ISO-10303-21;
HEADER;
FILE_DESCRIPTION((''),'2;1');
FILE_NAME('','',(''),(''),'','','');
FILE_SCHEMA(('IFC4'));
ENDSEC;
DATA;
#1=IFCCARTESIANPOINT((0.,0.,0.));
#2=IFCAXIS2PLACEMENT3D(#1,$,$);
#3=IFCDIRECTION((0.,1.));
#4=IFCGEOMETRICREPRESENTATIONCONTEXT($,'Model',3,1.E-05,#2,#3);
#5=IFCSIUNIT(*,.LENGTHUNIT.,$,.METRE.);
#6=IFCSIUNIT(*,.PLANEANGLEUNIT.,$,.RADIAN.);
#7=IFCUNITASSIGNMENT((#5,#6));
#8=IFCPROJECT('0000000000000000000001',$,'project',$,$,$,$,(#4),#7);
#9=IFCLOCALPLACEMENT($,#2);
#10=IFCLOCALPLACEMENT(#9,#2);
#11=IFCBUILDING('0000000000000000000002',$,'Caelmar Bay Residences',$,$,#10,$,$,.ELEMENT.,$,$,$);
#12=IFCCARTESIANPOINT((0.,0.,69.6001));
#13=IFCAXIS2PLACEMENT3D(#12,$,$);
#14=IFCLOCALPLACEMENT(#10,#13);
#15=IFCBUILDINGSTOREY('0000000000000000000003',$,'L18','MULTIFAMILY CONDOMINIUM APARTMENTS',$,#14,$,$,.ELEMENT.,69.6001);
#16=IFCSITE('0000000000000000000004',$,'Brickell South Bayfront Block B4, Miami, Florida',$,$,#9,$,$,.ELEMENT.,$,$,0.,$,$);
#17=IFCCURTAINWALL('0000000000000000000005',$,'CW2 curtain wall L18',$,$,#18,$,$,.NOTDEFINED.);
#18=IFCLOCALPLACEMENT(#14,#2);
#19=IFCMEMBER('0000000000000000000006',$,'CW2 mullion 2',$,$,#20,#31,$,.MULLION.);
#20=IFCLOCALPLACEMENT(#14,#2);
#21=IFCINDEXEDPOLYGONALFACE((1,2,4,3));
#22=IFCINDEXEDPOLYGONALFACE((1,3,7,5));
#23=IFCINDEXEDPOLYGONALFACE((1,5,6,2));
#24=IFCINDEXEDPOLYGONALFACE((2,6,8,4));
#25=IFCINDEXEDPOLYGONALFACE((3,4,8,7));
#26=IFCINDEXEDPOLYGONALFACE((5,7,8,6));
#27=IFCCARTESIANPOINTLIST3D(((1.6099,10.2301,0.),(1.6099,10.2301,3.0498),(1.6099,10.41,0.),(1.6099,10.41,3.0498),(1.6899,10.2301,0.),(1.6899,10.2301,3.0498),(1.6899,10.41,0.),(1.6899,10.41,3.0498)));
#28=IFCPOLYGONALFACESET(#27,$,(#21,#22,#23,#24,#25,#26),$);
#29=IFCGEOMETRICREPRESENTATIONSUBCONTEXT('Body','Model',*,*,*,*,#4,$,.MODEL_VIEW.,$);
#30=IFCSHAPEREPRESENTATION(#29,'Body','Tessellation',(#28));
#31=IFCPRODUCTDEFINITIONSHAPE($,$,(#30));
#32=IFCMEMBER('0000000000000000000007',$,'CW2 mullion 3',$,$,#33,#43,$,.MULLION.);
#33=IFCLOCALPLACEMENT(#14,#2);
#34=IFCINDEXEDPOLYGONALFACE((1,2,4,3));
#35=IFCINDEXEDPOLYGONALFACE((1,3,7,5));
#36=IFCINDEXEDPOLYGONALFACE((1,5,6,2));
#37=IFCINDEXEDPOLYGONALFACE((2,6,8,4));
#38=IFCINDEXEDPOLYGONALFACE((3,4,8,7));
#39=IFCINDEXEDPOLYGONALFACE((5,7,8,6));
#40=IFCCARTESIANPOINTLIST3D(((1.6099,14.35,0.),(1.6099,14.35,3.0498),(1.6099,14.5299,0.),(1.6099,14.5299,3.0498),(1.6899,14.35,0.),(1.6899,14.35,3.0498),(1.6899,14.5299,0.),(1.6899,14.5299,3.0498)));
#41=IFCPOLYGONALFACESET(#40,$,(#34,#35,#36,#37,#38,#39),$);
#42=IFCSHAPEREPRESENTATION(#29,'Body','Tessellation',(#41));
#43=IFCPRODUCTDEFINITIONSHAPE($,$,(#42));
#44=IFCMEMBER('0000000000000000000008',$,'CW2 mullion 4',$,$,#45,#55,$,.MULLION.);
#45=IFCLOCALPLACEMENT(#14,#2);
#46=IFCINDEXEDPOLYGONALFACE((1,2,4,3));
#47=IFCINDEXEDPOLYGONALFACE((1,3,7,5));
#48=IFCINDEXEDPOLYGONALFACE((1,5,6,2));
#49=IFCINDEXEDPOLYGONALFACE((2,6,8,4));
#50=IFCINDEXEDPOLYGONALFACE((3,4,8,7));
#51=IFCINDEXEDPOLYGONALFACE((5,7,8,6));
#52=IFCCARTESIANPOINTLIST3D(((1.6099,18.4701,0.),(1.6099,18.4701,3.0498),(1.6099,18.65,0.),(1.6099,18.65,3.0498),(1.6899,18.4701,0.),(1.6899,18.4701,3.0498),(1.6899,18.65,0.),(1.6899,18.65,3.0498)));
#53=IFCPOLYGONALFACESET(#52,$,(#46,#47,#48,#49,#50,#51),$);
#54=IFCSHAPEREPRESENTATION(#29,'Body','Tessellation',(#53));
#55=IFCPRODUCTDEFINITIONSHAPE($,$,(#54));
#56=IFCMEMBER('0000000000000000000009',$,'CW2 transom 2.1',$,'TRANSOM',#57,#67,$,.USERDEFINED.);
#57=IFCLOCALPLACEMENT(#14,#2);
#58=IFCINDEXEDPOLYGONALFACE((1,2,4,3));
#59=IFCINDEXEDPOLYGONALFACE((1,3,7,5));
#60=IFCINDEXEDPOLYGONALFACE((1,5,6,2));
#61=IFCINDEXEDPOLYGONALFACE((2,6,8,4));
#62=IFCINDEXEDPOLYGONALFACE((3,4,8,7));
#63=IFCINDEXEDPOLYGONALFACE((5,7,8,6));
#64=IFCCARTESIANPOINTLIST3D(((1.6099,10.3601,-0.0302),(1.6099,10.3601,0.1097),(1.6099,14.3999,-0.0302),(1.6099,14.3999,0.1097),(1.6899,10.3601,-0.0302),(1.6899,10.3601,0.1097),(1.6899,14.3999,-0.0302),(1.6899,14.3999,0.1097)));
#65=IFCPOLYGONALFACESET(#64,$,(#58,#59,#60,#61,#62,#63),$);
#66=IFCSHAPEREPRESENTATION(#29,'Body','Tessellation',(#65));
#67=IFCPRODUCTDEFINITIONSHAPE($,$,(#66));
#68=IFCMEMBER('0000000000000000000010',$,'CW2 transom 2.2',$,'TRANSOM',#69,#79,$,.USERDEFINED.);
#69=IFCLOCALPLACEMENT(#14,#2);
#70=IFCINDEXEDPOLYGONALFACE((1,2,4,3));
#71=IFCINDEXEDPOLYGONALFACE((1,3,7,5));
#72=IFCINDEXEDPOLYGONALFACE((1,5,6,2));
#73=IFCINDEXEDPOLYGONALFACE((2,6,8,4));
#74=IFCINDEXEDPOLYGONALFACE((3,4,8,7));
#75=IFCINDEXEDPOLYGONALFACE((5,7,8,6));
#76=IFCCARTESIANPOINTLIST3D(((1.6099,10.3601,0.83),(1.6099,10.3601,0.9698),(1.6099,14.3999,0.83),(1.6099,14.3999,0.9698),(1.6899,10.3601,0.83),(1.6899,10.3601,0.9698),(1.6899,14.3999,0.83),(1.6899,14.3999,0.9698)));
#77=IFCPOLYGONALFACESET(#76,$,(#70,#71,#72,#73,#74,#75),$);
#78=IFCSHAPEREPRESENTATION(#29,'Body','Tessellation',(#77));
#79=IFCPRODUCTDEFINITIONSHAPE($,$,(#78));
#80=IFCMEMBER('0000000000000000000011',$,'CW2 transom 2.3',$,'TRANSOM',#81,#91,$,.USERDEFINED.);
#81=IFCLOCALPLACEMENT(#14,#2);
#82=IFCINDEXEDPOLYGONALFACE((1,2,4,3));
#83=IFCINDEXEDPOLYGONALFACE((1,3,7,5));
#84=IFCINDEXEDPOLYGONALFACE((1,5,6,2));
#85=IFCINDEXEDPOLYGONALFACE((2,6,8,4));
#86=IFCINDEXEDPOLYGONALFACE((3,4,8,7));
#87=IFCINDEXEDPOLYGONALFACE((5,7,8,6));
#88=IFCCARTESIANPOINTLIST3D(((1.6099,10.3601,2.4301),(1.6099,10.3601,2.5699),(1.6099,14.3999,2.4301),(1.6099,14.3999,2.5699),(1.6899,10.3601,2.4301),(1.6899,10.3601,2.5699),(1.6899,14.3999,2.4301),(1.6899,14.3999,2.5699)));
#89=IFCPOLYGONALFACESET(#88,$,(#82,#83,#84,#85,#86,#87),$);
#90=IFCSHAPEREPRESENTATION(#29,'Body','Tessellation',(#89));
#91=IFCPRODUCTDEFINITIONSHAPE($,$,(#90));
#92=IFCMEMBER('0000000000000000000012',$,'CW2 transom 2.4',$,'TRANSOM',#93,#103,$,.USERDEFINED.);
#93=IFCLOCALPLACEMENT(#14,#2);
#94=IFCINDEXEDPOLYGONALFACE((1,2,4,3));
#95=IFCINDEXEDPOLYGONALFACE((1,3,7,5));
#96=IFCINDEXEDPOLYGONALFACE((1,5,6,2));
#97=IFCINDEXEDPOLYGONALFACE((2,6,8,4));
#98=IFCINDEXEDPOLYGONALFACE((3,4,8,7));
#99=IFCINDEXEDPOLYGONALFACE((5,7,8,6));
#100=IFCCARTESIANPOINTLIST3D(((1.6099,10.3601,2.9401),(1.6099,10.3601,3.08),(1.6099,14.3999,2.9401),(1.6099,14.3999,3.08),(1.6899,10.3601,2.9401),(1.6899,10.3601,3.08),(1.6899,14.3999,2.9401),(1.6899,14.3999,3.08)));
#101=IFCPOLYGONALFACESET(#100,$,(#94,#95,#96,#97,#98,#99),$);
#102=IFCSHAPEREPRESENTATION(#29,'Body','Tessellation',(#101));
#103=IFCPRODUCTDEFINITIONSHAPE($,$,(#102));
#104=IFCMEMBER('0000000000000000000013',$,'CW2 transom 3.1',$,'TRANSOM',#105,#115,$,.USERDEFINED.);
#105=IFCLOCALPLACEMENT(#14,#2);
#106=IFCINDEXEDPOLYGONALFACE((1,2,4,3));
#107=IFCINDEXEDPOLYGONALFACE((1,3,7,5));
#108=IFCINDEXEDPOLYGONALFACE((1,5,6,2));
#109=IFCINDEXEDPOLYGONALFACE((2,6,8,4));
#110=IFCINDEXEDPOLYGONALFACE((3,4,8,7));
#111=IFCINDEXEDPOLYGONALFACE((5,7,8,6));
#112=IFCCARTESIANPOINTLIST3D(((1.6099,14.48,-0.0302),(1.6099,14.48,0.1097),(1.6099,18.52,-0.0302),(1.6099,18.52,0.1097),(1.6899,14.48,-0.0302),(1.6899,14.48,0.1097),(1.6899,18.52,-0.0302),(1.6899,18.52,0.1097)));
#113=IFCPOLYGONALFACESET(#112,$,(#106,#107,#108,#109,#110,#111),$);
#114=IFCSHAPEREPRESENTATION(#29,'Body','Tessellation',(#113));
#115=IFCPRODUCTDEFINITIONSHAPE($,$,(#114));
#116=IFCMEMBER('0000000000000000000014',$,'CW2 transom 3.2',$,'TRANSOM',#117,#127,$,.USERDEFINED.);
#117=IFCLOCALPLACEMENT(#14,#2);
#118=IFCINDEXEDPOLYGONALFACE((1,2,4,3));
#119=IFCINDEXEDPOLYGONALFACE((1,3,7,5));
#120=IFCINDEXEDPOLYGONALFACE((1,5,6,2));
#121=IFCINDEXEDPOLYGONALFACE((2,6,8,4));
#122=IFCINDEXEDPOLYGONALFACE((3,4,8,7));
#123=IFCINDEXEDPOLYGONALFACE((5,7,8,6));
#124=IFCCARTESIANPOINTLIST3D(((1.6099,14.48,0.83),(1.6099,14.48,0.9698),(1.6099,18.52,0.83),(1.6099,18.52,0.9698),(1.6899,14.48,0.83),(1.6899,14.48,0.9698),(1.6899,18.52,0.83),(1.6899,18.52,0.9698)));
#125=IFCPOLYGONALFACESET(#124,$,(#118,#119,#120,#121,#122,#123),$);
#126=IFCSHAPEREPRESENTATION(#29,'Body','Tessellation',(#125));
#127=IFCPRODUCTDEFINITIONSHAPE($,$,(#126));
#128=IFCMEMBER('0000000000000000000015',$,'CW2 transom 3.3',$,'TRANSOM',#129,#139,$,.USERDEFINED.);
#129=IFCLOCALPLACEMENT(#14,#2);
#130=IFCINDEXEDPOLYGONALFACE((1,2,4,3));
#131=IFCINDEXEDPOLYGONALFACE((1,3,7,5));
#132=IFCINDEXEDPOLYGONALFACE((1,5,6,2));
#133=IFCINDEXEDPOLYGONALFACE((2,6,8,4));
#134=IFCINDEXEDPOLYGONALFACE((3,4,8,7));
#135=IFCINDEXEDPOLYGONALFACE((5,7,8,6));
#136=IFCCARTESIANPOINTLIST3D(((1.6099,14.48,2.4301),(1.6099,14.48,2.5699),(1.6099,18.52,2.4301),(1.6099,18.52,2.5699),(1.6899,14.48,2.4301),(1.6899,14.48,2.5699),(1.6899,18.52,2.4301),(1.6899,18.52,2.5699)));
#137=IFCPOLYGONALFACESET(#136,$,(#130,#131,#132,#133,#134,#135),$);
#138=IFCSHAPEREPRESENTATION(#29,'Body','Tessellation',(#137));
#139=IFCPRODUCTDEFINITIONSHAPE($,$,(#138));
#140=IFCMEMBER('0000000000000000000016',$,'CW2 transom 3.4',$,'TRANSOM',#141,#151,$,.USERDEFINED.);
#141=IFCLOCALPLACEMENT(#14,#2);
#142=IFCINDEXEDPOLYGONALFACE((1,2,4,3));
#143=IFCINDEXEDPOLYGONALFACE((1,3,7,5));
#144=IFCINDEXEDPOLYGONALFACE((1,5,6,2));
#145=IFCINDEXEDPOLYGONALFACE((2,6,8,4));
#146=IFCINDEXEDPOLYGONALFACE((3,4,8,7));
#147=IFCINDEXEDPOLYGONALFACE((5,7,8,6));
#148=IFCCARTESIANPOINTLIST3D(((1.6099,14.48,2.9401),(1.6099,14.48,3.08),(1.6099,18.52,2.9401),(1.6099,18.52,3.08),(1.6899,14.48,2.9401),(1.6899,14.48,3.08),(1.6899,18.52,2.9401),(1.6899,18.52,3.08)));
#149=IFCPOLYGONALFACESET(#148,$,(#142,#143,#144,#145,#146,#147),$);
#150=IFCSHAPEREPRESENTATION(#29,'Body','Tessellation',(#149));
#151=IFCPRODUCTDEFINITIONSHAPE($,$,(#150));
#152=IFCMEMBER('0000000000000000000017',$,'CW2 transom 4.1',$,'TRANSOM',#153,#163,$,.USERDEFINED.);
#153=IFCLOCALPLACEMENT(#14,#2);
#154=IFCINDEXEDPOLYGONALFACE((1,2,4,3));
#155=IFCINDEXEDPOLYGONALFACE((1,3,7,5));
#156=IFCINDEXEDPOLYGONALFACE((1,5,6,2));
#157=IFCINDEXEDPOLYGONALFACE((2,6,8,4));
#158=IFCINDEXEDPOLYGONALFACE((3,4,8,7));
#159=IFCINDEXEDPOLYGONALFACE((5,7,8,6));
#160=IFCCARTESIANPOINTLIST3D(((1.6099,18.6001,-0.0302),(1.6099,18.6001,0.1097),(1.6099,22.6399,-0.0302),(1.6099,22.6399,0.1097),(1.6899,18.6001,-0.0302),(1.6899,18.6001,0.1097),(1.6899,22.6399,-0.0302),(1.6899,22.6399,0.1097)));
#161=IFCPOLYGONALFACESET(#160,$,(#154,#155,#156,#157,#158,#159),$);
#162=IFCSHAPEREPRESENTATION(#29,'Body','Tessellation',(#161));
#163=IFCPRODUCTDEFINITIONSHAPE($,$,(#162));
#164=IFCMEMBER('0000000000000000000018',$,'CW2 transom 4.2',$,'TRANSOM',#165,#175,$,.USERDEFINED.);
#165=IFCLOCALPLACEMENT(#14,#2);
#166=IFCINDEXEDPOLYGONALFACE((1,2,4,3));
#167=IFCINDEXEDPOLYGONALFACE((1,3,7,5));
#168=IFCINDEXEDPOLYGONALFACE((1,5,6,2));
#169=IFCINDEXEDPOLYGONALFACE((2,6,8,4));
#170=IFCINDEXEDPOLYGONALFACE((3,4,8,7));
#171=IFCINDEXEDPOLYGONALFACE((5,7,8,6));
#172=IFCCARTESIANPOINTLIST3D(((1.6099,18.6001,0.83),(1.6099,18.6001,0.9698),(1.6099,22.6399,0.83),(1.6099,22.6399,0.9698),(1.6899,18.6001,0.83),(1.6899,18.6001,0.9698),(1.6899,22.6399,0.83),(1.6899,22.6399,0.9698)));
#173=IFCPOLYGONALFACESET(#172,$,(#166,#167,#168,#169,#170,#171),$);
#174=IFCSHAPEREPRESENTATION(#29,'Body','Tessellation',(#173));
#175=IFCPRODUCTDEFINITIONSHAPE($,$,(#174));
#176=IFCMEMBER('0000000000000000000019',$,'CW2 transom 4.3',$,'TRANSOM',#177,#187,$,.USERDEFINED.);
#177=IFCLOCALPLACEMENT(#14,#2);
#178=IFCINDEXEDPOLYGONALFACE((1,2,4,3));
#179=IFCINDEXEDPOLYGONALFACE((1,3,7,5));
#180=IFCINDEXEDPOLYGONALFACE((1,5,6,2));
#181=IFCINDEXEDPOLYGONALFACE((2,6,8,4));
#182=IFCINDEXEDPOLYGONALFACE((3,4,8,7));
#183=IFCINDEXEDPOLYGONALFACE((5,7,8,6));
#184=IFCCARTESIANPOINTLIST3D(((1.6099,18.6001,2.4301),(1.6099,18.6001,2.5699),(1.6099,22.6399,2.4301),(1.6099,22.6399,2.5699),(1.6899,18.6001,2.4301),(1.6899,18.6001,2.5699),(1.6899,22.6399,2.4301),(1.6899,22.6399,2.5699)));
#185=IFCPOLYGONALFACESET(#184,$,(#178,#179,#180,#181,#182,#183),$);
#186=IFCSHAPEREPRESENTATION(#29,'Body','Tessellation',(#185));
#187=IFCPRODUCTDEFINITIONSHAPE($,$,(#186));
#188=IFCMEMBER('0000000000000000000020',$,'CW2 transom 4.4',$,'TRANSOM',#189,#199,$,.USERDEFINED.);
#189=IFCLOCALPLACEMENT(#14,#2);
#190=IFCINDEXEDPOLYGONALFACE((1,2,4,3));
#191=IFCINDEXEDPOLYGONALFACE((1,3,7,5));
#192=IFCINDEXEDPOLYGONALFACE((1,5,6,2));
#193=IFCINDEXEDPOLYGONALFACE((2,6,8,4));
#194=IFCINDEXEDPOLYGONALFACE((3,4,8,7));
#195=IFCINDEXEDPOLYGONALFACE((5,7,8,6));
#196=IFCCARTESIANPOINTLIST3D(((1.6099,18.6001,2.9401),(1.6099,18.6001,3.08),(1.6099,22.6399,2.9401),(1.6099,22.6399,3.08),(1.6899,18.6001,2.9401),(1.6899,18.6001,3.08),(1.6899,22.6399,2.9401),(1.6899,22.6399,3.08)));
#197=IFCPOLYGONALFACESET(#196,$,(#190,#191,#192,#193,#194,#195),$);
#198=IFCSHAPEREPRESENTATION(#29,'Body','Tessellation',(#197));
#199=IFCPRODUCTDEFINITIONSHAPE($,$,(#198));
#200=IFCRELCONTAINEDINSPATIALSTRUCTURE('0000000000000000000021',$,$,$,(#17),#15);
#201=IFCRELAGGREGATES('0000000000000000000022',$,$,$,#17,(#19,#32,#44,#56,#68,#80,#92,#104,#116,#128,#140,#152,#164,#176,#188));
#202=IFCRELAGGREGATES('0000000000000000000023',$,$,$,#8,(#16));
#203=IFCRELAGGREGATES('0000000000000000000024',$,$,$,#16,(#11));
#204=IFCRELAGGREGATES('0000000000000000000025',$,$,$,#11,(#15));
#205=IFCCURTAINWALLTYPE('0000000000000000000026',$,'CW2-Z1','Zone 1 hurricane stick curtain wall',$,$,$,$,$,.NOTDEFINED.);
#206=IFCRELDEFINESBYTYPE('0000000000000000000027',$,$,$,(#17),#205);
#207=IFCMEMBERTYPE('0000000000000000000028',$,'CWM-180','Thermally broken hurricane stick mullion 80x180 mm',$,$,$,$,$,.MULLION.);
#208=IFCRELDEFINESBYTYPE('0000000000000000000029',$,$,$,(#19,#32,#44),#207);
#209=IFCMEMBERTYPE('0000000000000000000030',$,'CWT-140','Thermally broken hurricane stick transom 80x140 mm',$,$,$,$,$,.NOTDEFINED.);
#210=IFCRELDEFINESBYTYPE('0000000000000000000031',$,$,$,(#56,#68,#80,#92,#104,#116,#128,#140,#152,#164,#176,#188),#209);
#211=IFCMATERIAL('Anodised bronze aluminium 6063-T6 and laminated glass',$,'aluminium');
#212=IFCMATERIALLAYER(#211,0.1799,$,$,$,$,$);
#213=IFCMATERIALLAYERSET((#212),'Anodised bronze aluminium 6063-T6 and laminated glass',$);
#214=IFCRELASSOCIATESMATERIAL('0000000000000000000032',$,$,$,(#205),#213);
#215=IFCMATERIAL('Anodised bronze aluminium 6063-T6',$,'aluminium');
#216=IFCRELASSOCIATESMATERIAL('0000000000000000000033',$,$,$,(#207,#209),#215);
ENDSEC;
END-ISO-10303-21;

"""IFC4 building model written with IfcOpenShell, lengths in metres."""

from ifc_helpers import new_model, si_unit, direction, frame, origin, origin_2d, place, context, subcontext, project, spatial, rectangle, extrude, material, layer, layer_set, material_profile, profile_set, type_object, element, aggregate, save


model = new_model("IFC4")

# Units and contexts
model_context = context("Model", 3, precision=1e-05, world=origin(), true_north=direction((0.0, 1.0)))
body_context = subcontext(model_context, "Body", "Model", "MODEL_VIEW")
ifc_project = project(units=[si_unit("LENGTHUNIT", "METRE"), si_unit("PLANEANGLEUNIT", "RADIAN")], contexts=[model_context])

# Site, building, storey
site_placement = place(None, origin())
site = spatial("IfcSite", under=ifc_project, at=site_placement, Name="Brickell South Bayfront Block B4, Miami, Florida", CompositionType="ELEMENT", RefElevation=0.0)
building_placement = place(site_placement, origin())
building = spatial("IfcBuilding", under=site, at=building_placement, Name="Caelmar Bay Residences", CompositionType="ELEMENT")
storey_placement = place(building_placement, frame((0.0, 0.0, 69.6001)))
storey = spatial("IfcBuildingStorey", under=building, at=storey_placement, Name="L18", Description="MULTIFAMILY CONDOMINIUM APARTMENTS", CompositionType="ELEMENT", Elevation=69.6001)

# Curtain wall, members
ifc_material_1 = material(Name="Anodised bronze aluminium 6063-T6 and laminated glass", Category="aluminium")
ifc_layer_1 = layer(ifc_material_1, 0.1799)
ifc_layer_set_1 = layer_set([ifc_layer_1], Name="Anodised bronze aluminium 6063-T6 and laminated glass")
curtain_wall_type = type_object("IfcCurtainWallType", Name="CW2-Z1", Description="Zone 1 hurricane stick curtain wall", PredefinedType="NOTDEFINED", material=ifc_layer_set_1)
curtain_wall_placement = place(storey_placement, origin())
curtain_wall = element("IfcCurtainWall", 1, at=curtain_wall_placement, inside=storey, type_object=curtain_wall_type, Name="CW2 curtain wall L18", PredefinedType="NOTDEFINED")
ifc_material_2 = material(Name="Anodised bronze aluminium 6063-T6", Category="aluminium")
ifc_material_profile_1 = material_profile(ifc_material_2, rectangle(XDim=0.0801, YDim=0.1799, at=origin_2d()), Name="CWM-80X180")
ifc_profile_set_1 = profile_set([ifc_material_profile_1], Name="Anodised bronze aluminium 6063-T6")
member_type_1 = type_object("IfcMemberType", Name="CWM-180", Description="Thermally broken hurricane stick mullion 80x180 mm", PredefinedType="MULLION", material=ifc_profile_set_1)
member_1_placement = place(storey_placement, frame((1.6499, 10.3201, 0.0), z_axis=(0.0, 0.0, 1.0), x_axis=(-1.0, 0.0, 0.0)))
member_1 = element("IfcMember", 2, at=member_1_placement, type_object=member_type_1, Name="CW2 mullion 2", PredefinedType="MULLION", context=body_context, shape_type="SweptSolid", body=[
    extrude(rectangle(XDim=0.0801, YDim=0.1799, at=origin_2d()), origin(), (0.0, 0.0, 1.0), 3.0498),
])
member_2_placement = place(storey_placement, frame((1.6499, 14.4399, 0.0), z_axis=(0.0, 0.0, 1.0), x_axis=(-1.0, 0.0, 0.0)))
member_2 = element("IfcMember", 3, at=member_2_placement, type_object=member_type_1, Name="CW2 mullion 3", PredefinedType="MULLION", context=body_context, shape_type="SweptSolid", body=[
    extrude(rectangle(XDim=0.0801, YDim=0.1799, at=origin_2d()), origin(), (0.0, 0.0, 1.0), 3.0498),
])
member_3_placement = place(storey_placement, frame((1.6499, 18.5601, 0.0), z_axis=(0.0, 0.0, 1.0), x_axis=(-1.0, 0.0, 0.0)))
member_3 = element("IfcMember", 4, at=member_3_placement, type_object=member_type_1, Name="CW2 mullion 4", PredefinedType="MULLION", context=body_context, shape_type="SweptSolid", body=[
    extrude(rectangle(XDim=0.0801, YDim=0.1799, at=origin_2d()), origin(), (0.0, 0.0, 1.0), 3.0498),
])
ifc_material_profile_2 = material_profile(ifc_material_2, rectangle(XDim=0.0801, YDim=0.1399, at=origin_2d()), Name="CWT-80X140")
ifc_profile_set_2 = profile_set([ifc_material_profile_2], Name="Anodised bronze aluminium 6063-T6")
member_type_2 = type_object("IfcMemberType", Name="CWT-140", Description="Thermally broken hurricane stick transom 80x140 mm", PredefinedType="NOTDEFINED", material=ifc_profile_set_2)
member_4_placement = place(storey_placement, frame((1.6499, 10.3601, 0.0398), z_axis=(0.0, 1.0, 0.0), x_axis=(-1.0, 0.0, 0.0)))
member_4 = element("IfcMember", 5, at=member_4_placement, type_object=member_type_2, Name="CW2 transom 2.1", ObjectType="TRANSOM", PredefinedType="USERDEFINED", context=body_context, shape_type="SweptSolid", body=[
    extrude(rectangle(XDim=0.0801, YDim=0.1399, at=origin_2d()), origin(), (0.0, 0.0, 1.0), 4.0398),
])
member_5_placement = place(storey_placement, frame((1.6499, 10.3601, 0.8999), z_axis=(0.0, 1.0, 0.0), x_axis=(-1.0, 0.0, 0.0)))
member_5 = element("IfcMember", 6, at=member_5_placement, type_object=member_type_2, Name="CW2 transom 2.2", ObjectType="TRANSOM", PredefinedType="USERDEFINED", context=body_context, shape_type="SweptSolid", body=[
    extrude(rectangle(XDim=0.0801, YDim=0.1399, at=origin_2d()), origin(), (0.0, 0.0, 1.0), 4.0398),
])
member_6_placement = place(storey_placement, frame((1.6499, 10.3601, 2.5), z_axis=(0.0, 1.0, 0.0), x_axis=(-1.0, 0.0, 0.0)))
member_6 = element("IfcMember", 7, at=member_6_placement, type_object=member_type_2, Name="CW2 transom 2.3", ObjectType="TRANSOM", PredefinedType="USERDEFINED", context=body_context, shape_type="SweptSolid", body=[
    extrude(rectangle(XDim=0.0801, YDim=0.1399, at=origin_2d()), origin(), (0.0, 0.0, 1.0), 4.0398),
])
member_7_placement = place(storey_placement, frame((1.6499, 10.3601, 3.01), z_axis=(0.0, 1.0, 0.0), x_axis=(-1.0, 0.0, 0.0)))
member_7 = element("IfcMember", 8, at=member_7_placement, type_object=member_type_2, Name="CW2 transom 2.4", ObjectType="TRANSOM", PredefinedType="USERDEFINED", context=body_context, shape_type="SweptSolid", body=[
    extrude(rectangle(XDim=0.0801, YDim=0.1399, at=origin_2d()), origin(), (0.0, 0.0, 1.0), 4.0398),
])
member_8_placement = place(storey_placement, frame((1.6499, 14.48, 0.0398), z_axis=(0.0, 1.0, 0.0), x_axis=(-1.0, 0.0, 0.0)))
member_8 = element("IfcMember", 9, at=member_8_placement, type_object=member_type_2, Name="CW2 transom 3.1", ObjectType="TRANSOM", PredefinedType="USERDEFINED", context=body_context, shape_type="SweptSolid", body=[
    extrude(rectangle(XDim=0.0801, YDim=0.1399, at=origin_2d()), origin(), (0.0, 0.0, 1.0), 4.04),
])
member_9_placement = place(storey_placement, frame((1.6499, 14.48, 0.8999), z_axis=(0.0, 1.0, 0.0), x_axis=(-1.0, 0.0, 0.0)))
member_9 = element("IfcMember", 10, at=member_9_placement, type_object=member_type_2, Name="CW2 transom 3.2", ObjectType="TRANSOM", PredefinedType="USERDEFINED", context=body_context, shape_type="SweptSolid", body=[
    extrude(rectangle(XDim=0.0801, YDim=0.1399, at=origin_2d()), origin(), (0.0, 0.0, 1.0), 4.04),
])
member_10_placement = place(storey_placement, frame((1.6499, 14.48, 2.5), z_axis=(0.0, 1.0, 0.0), x_axis=(-1.0, 0.0, 0.0)))
member_10 = element("IfcMember", 11, at=member_10_placement, type_object=member_type_2, Name="CW2 transom 3.3", ObjectType="TRANSOM", PredefinedType="USERDEFINED", context=body_context, shape_type="SweptSolid", body=[
    extrude(rectangle(XDim=0.0801, YDim=0.1399, at=origin_2d()), origin(), (0.0, 0.0, 1.0), 4.04),
])
member_11_placement = place(storey_placement, frame((1.6499, 14.48, 3.01), z_axis=(0.0, 1.0, 0.0), x_axis=(-1.0, 0.0, 0.0)))
member_11 = element("IfcMember", 12, at=member_11_placement, type_object=member_type_2, Name="CW2 transom 3.4", ObjectType="TRANSOM", PredefinedType="USERDEFINED", context=body_context, shape_type="SweptSolid", body=[
    extrude(rectangle(XDim=0.0801, YDim=0.1399, at=origin_2d()), origin(), (0.0, 0.0, 1.0), 4.04),
])
member_12_placement = place(storey_placement, frame((1.6499, 18.6001, 0.0398), z_axis=(0.0, 1.0, 0.0), x_axis=(-1.0, 0.0, 0.0)))
member_12 = element("IfcMember", 13, at=member_12_placement, type_object=member_type_2, Name="CW2 transom 4.1", ObjectType="TRANSOM", PredefinedType="USERDEFINED", context=body_context, shape_type="SweptSolid", body=[
    extrude(rectangle(XDim=0.0801, YDim=0.1399, at=origin_2d()), origin(), (0.0, 0.0, 1.0), 4.0398),
])
member_13_placement = place(storey_placement, frame((1.6499, 18.6001, 0.8999), z_axis=(0.0, 1.0, 0.0), x_axis=(-1.0, 0.0, 0.0)))
member_13 = element("IfcMember", 14, at=member_13_placement, type_object=member_type_2, Name="CW2 transom 4.2", ObjectType="TRANSOM", PredefinedType="USERDEFINED", context=body_context, shape_type="SweptSolid", body=[
    extrude(rectangle(XDim=0.0801, YDim=0.1399, at=origin_2d()), origin(), (0.0, 0.0, 1.0), 4.0398),
])
member_14_placement = place(storey_placement, frame((1.6499, 18.6001, 2.5), z_axis=(0.0, 1.0, 0.0), x_axis=(-1.0, 0.0, 0.0)))
member_14 = element("IfcMember", 15, at=member_14_placement, type_object=member_type_2, Name="CW2 transom 4.3", ObjectType="TRANSOM", PredefinedType="USERDEFINED", context=body_context, shape_type="SweptSolid", body=[
    extrude(rectangle(XDim=0.0801, YDim=0.1399, at=origin_2d()), origin(), (0.0, 0.0, 1.0), 4.0398),
])
member_15_placement = place(storey_placement, frame((1.6499, 18.6001, 3.01), z_axis=(0.0, 1.0, 0.0), x_axis=(-1.0, 0.0, 0.0)))
member_15 = element("IfcMember", 16, at=member_15_placement, type_object=member_type_2, Name="CW2 transom 4.4", ObjectType="TRANSOM", PredefinedType="USERDEFINED", context=body_context, shape_type="SweptSolid", body=[
    extrude(rectangle(XDim=0.0801, YDim=0.1399, at=origin_2d()), origin(), (0.0, 0.0, 1.0), 4.0398),
])
aggregate(curtain_wall, [member_1, member_2, member_3, member_4, member_5, member_6, member_7, member_8, member_9, member_10, member_11, member_12, member_13, member_14, member_15])

save(model, "model.ifc")
